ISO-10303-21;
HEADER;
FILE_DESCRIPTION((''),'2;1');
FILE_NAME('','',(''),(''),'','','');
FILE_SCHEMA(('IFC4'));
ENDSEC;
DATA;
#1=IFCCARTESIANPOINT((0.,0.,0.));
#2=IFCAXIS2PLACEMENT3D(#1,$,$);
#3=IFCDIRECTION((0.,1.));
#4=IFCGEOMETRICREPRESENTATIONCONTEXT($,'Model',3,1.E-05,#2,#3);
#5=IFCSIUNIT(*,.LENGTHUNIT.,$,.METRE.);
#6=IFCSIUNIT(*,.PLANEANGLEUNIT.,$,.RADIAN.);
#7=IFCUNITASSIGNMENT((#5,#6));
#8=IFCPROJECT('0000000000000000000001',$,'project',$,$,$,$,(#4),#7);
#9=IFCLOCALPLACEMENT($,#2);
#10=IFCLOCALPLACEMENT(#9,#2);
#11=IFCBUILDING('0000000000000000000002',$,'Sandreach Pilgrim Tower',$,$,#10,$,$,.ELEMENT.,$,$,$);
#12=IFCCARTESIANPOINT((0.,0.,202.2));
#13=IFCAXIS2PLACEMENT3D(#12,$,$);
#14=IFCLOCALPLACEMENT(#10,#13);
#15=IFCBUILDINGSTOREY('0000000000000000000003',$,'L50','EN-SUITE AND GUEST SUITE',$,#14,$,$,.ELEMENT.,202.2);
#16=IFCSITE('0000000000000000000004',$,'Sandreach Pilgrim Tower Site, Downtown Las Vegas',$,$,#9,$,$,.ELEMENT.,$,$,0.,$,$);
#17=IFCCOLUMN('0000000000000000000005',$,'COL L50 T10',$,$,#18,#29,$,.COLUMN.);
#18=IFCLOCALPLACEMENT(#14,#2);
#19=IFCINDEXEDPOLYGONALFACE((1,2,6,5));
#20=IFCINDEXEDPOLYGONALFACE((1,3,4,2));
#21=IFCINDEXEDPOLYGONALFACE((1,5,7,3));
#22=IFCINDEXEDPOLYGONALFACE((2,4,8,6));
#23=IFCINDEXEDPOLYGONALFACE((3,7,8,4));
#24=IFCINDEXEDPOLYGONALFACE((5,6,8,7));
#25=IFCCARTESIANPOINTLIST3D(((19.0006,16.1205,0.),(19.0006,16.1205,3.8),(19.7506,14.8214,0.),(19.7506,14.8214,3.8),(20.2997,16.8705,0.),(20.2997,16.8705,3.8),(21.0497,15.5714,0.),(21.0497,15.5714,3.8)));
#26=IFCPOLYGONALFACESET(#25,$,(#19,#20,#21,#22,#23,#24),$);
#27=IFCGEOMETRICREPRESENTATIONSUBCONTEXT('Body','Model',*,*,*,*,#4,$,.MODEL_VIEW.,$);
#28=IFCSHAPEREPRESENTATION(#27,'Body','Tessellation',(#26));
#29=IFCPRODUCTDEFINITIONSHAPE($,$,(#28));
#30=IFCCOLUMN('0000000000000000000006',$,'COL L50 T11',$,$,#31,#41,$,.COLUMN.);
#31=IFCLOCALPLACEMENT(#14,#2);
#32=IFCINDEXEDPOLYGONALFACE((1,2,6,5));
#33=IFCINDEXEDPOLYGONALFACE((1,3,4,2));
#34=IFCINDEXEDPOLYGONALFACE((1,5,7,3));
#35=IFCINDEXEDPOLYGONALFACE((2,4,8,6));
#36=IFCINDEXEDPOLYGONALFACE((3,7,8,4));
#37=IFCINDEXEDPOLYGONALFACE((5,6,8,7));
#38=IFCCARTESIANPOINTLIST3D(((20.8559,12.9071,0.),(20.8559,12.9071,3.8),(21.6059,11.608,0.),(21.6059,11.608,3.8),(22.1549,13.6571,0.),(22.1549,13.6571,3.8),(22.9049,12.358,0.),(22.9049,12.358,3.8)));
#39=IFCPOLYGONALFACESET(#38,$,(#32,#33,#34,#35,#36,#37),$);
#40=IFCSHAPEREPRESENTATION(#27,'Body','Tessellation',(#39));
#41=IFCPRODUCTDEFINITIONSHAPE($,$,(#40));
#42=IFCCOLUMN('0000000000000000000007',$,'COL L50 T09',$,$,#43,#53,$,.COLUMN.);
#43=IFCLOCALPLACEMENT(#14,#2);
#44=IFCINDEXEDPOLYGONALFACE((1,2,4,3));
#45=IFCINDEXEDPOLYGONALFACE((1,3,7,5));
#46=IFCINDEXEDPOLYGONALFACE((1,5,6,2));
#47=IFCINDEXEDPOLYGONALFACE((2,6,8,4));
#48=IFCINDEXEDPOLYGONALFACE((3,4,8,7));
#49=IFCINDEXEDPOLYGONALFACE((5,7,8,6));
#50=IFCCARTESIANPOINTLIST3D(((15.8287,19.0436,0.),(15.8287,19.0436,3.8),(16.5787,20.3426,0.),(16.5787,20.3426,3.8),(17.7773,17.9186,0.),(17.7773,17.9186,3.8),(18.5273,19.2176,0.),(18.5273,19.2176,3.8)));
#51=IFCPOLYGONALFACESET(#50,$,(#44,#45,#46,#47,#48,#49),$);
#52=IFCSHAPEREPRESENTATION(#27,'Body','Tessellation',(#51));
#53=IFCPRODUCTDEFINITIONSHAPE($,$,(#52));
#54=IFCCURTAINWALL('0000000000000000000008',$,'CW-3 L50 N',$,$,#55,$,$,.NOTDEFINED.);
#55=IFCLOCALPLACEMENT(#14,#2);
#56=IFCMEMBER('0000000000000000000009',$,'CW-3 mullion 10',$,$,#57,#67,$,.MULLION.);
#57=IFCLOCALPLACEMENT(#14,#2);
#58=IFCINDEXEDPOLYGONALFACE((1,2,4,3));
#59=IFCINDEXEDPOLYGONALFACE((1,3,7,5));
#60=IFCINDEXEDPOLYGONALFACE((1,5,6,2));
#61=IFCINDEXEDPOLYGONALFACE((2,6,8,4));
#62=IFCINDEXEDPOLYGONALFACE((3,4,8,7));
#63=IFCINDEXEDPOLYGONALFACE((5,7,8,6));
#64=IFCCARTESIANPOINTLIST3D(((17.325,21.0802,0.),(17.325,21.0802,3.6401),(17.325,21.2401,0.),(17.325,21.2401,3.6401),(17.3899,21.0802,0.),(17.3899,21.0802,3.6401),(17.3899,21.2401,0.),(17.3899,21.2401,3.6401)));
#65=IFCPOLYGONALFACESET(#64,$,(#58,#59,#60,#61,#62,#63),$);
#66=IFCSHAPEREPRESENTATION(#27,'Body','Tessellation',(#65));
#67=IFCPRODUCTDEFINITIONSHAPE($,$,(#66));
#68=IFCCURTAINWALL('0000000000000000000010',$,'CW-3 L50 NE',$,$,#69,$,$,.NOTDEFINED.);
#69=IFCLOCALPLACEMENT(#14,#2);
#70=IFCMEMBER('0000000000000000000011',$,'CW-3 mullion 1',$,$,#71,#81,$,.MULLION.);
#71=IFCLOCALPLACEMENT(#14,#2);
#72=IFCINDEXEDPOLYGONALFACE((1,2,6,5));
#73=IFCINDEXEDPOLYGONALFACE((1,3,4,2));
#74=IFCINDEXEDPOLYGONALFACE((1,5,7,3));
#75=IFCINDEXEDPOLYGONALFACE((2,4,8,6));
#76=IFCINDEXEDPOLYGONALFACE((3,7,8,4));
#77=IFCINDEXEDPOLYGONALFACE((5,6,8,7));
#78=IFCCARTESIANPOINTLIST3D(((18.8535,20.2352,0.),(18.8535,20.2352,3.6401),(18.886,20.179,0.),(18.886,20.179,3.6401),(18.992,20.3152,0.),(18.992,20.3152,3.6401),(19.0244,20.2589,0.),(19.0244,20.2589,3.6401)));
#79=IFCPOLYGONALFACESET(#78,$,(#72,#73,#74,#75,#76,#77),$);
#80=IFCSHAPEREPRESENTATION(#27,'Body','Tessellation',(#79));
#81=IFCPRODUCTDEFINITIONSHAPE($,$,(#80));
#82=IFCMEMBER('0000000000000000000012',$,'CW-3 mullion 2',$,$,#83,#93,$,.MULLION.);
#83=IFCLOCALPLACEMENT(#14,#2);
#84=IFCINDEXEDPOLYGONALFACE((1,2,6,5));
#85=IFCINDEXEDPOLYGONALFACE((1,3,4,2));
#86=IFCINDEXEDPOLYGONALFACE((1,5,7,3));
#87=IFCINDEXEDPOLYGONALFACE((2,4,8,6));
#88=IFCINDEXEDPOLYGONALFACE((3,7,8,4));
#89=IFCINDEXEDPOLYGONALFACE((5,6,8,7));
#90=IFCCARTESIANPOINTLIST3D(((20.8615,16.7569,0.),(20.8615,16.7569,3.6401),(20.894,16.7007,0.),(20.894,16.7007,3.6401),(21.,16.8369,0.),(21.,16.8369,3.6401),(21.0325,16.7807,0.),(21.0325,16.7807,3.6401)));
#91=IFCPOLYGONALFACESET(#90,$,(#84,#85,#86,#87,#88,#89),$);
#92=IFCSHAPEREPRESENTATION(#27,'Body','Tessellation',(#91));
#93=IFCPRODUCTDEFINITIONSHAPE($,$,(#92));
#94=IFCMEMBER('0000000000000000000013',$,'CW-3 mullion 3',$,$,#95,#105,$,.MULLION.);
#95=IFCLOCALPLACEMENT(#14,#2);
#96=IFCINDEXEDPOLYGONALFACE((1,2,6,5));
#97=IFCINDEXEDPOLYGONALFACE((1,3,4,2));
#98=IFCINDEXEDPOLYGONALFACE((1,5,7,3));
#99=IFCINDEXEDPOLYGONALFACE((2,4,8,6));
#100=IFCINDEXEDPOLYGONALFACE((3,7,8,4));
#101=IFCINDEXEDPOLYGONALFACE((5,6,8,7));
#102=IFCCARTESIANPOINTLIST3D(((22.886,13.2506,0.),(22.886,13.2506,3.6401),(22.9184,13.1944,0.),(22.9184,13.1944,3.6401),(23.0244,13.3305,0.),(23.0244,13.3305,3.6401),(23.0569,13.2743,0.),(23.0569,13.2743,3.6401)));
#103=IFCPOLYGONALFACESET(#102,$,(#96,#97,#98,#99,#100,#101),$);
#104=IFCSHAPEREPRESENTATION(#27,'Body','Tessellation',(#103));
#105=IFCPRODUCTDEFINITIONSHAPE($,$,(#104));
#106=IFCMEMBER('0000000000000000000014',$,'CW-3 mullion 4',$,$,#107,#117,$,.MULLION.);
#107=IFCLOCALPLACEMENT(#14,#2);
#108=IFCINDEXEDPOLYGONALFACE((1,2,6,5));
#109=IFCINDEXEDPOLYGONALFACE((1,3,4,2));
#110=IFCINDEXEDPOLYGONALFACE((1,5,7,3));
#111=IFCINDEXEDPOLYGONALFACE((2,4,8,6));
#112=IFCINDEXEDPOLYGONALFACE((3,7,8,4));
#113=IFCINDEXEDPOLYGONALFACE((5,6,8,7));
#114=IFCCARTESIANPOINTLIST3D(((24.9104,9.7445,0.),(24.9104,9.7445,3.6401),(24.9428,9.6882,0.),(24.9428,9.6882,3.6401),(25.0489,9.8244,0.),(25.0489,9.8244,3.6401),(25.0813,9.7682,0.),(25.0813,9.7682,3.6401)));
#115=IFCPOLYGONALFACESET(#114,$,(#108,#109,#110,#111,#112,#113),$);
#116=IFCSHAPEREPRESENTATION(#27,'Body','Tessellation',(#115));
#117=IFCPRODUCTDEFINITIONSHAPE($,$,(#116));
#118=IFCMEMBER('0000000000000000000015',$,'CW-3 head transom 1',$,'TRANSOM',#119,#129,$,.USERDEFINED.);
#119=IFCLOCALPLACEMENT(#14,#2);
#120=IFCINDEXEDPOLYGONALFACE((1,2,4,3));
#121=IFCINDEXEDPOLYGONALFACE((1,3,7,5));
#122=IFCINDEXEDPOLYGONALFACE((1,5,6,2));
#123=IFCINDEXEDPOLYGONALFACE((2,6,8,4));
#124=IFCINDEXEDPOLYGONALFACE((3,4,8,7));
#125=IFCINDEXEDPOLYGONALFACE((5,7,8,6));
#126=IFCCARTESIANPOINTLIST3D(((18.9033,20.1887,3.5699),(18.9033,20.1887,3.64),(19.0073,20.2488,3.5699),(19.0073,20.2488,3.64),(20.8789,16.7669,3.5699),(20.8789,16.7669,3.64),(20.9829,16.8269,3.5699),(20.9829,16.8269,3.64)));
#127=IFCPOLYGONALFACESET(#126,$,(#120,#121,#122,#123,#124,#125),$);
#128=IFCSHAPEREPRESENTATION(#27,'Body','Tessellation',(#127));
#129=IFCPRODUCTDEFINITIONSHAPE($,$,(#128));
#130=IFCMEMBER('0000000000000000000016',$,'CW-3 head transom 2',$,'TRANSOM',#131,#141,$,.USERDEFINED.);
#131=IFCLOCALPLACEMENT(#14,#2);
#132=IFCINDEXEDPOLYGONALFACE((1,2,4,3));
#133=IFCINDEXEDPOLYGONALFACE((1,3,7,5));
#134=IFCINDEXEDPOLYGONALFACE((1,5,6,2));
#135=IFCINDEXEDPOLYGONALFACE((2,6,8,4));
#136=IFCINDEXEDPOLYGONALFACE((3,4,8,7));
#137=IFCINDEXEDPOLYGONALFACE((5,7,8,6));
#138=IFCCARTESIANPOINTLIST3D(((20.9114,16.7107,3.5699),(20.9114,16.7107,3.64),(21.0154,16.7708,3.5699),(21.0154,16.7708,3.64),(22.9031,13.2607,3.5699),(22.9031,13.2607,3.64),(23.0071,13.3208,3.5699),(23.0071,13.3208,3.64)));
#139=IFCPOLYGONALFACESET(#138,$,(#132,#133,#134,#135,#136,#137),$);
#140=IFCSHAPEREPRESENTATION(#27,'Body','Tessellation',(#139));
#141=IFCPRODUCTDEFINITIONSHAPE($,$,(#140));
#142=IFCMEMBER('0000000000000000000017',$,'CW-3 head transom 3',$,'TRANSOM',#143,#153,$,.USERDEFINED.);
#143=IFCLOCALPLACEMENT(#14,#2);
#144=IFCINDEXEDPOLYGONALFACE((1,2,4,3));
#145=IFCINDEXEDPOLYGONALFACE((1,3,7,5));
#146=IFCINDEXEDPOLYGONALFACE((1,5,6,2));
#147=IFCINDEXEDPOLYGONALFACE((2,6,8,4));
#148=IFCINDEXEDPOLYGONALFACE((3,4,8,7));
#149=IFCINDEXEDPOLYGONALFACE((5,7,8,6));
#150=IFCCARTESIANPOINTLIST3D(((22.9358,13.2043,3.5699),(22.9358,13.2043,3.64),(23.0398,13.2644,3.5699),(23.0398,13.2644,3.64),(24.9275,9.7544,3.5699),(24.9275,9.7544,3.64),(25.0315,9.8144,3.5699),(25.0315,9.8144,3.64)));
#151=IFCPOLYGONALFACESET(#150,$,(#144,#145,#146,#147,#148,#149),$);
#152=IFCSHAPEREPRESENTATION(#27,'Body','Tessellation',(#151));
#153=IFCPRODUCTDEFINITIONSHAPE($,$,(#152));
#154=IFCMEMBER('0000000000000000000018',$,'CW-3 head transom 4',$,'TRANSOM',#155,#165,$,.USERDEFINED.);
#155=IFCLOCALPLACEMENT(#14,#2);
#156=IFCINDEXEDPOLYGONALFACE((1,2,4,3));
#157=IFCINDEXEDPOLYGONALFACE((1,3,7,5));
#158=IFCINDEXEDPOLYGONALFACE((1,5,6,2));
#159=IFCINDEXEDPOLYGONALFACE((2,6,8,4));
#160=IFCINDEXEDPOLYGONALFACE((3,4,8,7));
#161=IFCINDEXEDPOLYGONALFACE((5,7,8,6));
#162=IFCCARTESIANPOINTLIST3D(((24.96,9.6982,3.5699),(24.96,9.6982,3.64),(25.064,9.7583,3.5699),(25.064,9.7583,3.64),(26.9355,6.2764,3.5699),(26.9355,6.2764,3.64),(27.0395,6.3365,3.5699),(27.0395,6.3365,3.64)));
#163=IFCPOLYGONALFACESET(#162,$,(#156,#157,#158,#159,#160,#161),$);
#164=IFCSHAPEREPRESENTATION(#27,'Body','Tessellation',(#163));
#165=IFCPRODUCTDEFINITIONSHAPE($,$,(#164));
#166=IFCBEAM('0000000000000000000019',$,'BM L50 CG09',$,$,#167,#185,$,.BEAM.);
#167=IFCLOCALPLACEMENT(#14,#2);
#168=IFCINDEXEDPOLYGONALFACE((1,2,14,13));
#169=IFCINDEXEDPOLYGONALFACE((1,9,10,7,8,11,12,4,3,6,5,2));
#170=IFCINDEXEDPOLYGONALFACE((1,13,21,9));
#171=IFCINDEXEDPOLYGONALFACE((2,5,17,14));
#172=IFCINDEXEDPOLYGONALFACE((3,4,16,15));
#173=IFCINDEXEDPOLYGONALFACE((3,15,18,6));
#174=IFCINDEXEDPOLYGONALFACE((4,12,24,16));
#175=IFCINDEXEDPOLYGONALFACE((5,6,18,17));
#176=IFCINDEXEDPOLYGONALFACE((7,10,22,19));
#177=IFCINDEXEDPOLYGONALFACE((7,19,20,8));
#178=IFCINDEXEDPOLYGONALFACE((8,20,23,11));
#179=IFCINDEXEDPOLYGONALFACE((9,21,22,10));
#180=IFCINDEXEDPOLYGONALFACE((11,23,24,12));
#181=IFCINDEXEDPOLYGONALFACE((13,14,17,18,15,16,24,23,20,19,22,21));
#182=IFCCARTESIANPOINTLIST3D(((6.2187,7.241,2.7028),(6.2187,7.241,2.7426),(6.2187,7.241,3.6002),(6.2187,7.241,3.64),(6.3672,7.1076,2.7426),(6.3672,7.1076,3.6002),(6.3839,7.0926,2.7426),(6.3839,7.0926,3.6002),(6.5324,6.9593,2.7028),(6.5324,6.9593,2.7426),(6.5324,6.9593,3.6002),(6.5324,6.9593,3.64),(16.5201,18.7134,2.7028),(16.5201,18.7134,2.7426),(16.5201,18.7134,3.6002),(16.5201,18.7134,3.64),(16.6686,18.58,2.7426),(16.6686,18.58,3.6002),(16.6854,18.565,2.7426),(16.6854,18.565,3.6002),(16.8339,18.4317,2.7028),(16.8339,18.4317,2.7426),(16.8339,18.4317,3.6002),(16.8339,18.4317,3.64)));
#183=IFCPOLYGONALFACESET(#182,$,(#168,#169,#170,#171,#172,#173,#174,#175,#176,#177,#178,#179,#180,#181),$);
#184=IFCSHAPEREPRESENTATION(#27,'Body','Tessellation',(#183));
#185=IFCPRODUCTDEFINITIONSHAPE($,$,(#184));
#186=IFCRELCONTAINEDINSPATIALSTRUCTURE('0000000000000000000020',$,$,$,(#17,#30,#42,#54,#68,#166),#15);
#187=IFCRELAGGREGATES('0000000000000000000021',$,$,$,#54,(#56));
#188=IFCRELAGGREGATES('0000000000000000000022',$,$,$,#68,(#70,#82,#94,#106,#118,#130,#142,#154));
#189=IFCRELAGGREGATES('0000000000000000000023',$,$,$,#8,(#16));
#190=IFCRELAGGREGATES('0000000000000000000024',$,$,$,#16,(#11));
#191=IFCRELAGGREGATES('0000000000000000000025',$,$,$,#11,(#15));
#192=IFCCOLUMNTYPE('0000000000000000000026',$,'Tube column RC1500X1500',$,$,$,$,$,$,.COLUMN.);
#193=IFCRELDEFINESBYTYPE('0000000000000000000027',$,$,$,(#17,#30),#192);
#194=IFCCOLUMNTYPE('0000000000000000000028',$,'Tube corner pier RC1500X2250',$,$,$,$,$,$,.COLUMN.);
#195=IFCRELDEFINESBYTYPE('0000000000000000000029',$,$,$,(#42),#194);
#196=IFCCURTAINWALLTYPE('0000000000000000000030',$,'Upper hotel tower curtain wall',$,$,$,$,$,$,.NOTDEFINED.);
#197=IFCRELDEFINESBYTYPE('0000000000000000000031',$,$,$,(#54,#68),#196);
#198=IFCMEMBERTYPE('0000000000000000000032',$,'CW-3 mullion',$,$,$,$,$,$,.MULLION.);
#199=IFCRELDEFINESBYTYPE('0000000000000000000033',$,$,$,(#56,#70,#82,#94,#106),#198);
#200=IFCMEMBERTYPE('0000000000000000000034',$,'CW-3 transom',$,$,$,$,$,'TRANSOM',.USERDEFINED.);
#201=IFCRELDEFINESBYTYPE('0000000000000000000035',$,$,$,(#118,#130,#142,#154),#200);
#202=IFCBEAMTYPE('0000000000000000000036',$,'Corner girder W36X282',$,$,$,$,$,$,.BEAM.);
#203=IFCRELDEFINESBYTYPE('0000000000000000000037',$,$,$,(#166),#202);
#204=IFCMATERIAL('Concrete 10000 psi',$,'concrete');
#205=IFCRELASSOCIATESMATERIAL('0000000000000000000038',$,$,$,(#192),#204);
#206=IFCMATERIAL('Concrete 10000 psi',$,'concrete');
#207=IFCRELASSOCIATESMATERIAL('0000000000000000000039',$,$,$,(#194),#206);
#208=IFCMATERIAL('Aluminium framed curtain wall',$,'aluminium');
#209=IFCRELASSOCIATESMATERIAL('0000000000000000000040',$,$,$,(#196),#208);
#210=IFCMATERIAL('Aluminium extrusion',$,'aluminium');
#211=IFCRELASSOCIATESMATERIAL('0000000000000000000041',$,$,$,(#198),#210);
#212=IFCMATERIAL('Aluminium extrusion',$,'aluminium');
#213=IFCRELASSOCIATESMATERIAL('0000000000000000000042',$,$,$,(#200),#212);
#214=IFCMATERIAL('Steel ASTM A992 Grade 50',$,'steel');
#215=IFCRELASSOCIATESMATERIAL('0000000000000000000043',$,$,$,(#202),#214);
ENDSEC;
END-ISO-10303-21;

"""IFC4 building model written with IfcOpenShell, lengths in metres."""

from ifc_helpers import new_model, si_unit, direction, frame, origin, origin_2d, place, context, subcontext, project, spatial, rectangle, i_section, extrude, material, material_profile, profile_set, type_object, element, aggregate, save


model = new_model("IFC4")

# Units and contexts
model_context = context("Model", 3, precision=1e-05, world=origin(), true_north=direction((0.0, 1.0)))
body_context = subcontext(model_context, "Body", "Model", "MODEL_VIEW")
ifc_project = project(units=[si_unit("LENGTHUNIT", "METRE"), si_unit("PLANEANGLEUNIT", "RADIAN")], contexts=[model_context])

# Site, building, storey
site_placement = place(None, origin())
site = spatial("IfcSite", under=ifc_project, at=site_placement, Name="Sandreach Pilgrim Tower Site, Downtown Las Vegas", CompositionType="ELEMENT", RefElevation=0.0)
building_placement = place(site_placement, origin())
building = spatial("IfcBuilding", under=site, at=building_placement, Name="Sandreach Pilgrim Tower", CompositionType="ELEMENT")
storey_placement = place(building_placement, frame((0.0, 0.0, 202.2)))
storey = spatial("IfcBuildingStorey", under=building, at=storey_placement, Name="L50", Description="EN-SUITE AND GUEST SUITE", CompositionType="ELEMENT", Elevation=202.2)

# Columns
ifc_material_1 = material(Name="Concrete 10000 psi", Category="concrete")
ifc_material_profile_1 = material_profile(ifc_material_1, rectangle(XDim=1.5, YDim=1.5, at=origin_2d()), Name="RC1500X1500")
ifc_profile_set_1 = profile_set([ifc_material_profile_1], Name="Concrete 10000 psi")
column_type_1 = type_object("IfcColumnType", Name="Tube column RC1500X1500", PredefinedType="COLUMN", material=ifc_profile_set_1)
for number, where, z_axis, x_axis, name in (
    (1, (20.0251, 15.8459, 0.0), (0.0, 0.0, 1.0), (0.866025, 0.5, 0.0), "COL L50 T10"),
    (2, (21.8804, 12.6326, 0.0), (0.0, 0.0, 1.0), (0.866025, 0.5, 0.0), "COL L50 T11"),
):
    element("IfcColumn", number, at=place(storey_placement, frame(where, z_axis=z_axis, x_axis=x_axis)), inside=storey, type_object=column_type_1, Name=name, PredefinedType="COLUMN", context=body_context, shape_type="SweptSolid", body=[
        extrude(rectangle(XDim=1.5, YDim=1.5, at=origin_2d()), origin(), (0.0, 0.0, 1.0), 3.8),
    ])
ifc_material_2 = material(Name="Concrete 10000 psi", Category="concrete")
ifc_material_profile_2 = material_profile(ifc_material_2, rectangle(XDim=1.5, YDim=2.25, at=origin_2d()), Name="RC1500X2250")
ifc_profile_set_2 = profile_set([ifc_material_profile_2], Name="Concrete 10000 psi")
column_type_2 = type_object("IfcColumnType", Name="Tube corner pier RC1500X2250", PredefinedType="COLUMN", material=ifc_profile_set_2)
column_placement = place(storey_placement, frame((17.178, 19.1306, 0.0), z_axis=(0.0, 0.0, 1.0), x_axis=(0.5, 0.866025, 0.0)))
element("IfcColumn", 3, at=column_placement, inside=storey, type_object=column_type_2, Name="COL L50 T09", PredefinedType="COLUMN", context=body_context, shape_type="SweptSolid", body=[
    extrude(rectangle(XDim=1.5, YDim=2.25, at=origin_2d()), origin(), (0.0, 0.0, 1.0), 3.8),
])

# Curtain wall, member
ifc_material_3 = material(Name="Aluminium framed curtain wall", Category="aluminium")
curtain_wall_type = type_object("IfcCurtainWallType", Name="Upper hotel tower curtain wall", PredefinedType="NOTDEFINED", material=ifc_material_3)
curtain_wall_1_placement = place(storey_placement, origin())
curtain_wall_1 = element("IfcCurtainWall", 4, at=curtain_wall_1_placement, inside=storey, type_object=curtain_wall_type, Name="CW-3 L50 N", PredefinedType="NOTDEFINED")
ifc_material_4 = material(Name="Aluminium extrusion", Category="aluminium")
ifc_material_profile_3 = material_profile(ifc_material_4, rectangle(XDim=0.0649, YDim=0.1599, at=origin_2d()), Name="CW-3M 65X160")
ifc_profile_set_3 = profile_set([ifc_material_profile_3], Name="Aluminium extrusion")
member_type_1 = type_object("IfcMemberType", Name="CW-3 mullion", PredefinedType="MULLION", material=ifc_profile_set_3)
member_1_placement = place(storey_placement, frame((17.3574, 21.1602, 0.0), z_axis=(0.0, 0.0, 1.0), x_axis=(1.0, 0.0, 0.0)))
member_1 = element("IfcMember", 5, at=member_1_placement, type_object=member_type_1, Name="CW-3 mullion 10", PredefinedType="MULLION", context=body_context, shape_type="SweptSolid", body=[
    extrude(rectangle(XDim=0.0649, YDim=0.1599, at=origin_2d()), origin(), (0.0, 0.0, 1.0), 3.6401),
])

# Curtain wall, members
curtain_wall_2_placement = place(storey_placement, origin())
curtain_wall_2 = element("IfcCurtainWall", 6, at=curtain_wall_2_placement, inside=storey, type_object=curtain_wall_type, Name="CW-3 L50 NE", PredefinedType="NOTDEFINED")
member_2_placement = place(storey_placement, frame((18.939, 20.2471, 0.0), z_axis=(0.0, 0.0, 1.0), x_axis=(0.5, -0.866025, 0.0)))
member_2 = element("IfcMember", 7, at=member_2_placement, type_object=member_type_1, Name="CW-3 mullion 1", PredefinedType="MULLION", context=body_context, shape_type="SweptSolid", body=[
    extrude(rectangle(XDim=0.0649, YDim=0.1599, at=origin_2d()), origin(), (0.0, 0.0, 1.0), 3.6401),
])
member_3_placement = place(storey_placement, frame((20.947, 16.7688, 0.0), z_axis=(0.0, 0.0, 1.0), x_axis=(0.5, -0.866025, 0.0)))
member_3 = element("IfcMember", 8, at=member_3_placement, type_object=member_type_1, Name="CW-3 mullion 2", PredefinedType="MULLION", context=body_context, shape_type="SweptSolid", body=[
    extrude(rectangle(XDim=0.0649, YDim=0.1599, at=origin_2d()), origin(), (0.0, 0.0, 1.0), 3.6401),
])
member_4_placement = place(storey_placement, frame((22.9714, 13.2625, 0.0), z_axis=(0.0, 0.0, 1.0), x_axis=(0.5, -0.866025, 0.0)))
member_4 = element("IfcMember", 9, at=member_4_placement, type_object=member_type_1, Name="CW-3 mullion 3", PredefinedType="MULLION", context=body_context, shape_type="SweptSolid", body=[
    extrude(rectangle(XDim=0.0649, YDim=0.1599, at=origin_2d()), origin(), (0.0, 0.0, 1.0), 3.6401),
])
member_5_placement = place(storey_placement, frame((24.9958, 9.7563, 0.0), z_axis=(0.0, 0.0, 1.0), x_axis=(0.5, -0.866025, 0.0)))
member_5 = element("IfcMember", 10, at=member_5_placement, type_object=member_type_1, Name="CW-3 mullion 4", PredefinedType="MULLION", context=body_context, shape_type="SweptSolid", body=[
    extrude(rectangle(XDim=0.0649, YDim=0.1599, at=origin_2d()), origin(), (0.0, 0.0, 1.0), 3.6401),
])
ifc_material_5 = material(Name="Aluminium extrusion", Category="aluminium")
ifc_material_profile_4 = material_profile(ifc_material_5, rectangle(XDim=0.1201, YDim=0.0701, at=origin_2d()), Name="CW-3T 120X70")
ifc_profile_set_4 = profile_set([ifc_material_profile_4], Name="Aluminium extrusion")
member_type_2 = type_object("IfcMemberType", Name="CW-3 transom", ElementType="TRANSOM", PredefinedType="USERDEFINED", material=ifc_profile_set_4)
member_6_placement = place(storey_placement, frame((18.9553, 20.2188, 3.605), z_axis=(0.499993, -0.866029, 0.0), x_axis=(0.866029, 0.499993, 0.0)))
member_6 = element("IfcMember", 11, at=member_6_placement, type_object=member_type_2, Name="CW-3 head transom 1", ObjectType="TRANSOM", PredefinedType="USERDEFINED", context=body_context, shape_type="SweptSolid", body=[
    extrude(rectangle(XDim=0.1201, YDim=0.0701, at=origin_2d()), origin(), (0.0, 0.0, 1.0), 3.9512),
])
member_7_placement = place(storey_placement, frame((20.9634, 16.7407, 3.605), z_axis=(0.499975, -0.86604, 0.0), x_axis=(0.86604, 0.499975, 0.0)))
member_7 = element("IfcMember", 12, at=member_7_placement, type_object=member_type_2, Name="CW-3 head transom 2", ObjectType="TRANSOM", PredefinedType="USERDEFINED", context=body_context, shape_type="SweptSolid", body=[
    extrude(rectangle(XDim=0.1201, YDim=0.0701, at=origin_2d()), origin(), (0.0, 0.0, 1.0), 3.9836),
])
member_8_placement = place(storey_placement, frame((22.9878, 13.2344, 3.605), z_axis=(0.499975, -0.86604, 0.0), x_axis=(0.86604, 0.499975, 0.0)))
member_8 = element("IfcMember", 13, at=member_8_placement, type_object=member_type_2, Name="CW-3 head transom 3", ObjectType="TRANSOM", PredefinedType="USERDEFINED", context=body_context, shape_type="SweptSolid", body=[
    extrude(rectangle(XDim=0.1201, YDim=0.0701, at=origin_2d()), origin(), (0.0, 0.0, 1.0), 3.9836),
])
member_9_placement = place(storey_placement, frame((25.012, 9.7283, 3.605), z_axis=(0.499993, -0.866029, 0.0), x_axis=(0.866029, 0.499993, 0.0)))
member_9 = element("IfcMember", 14, at=member_9_placement, type_object=member_type_2, Name="CW-3 head transom 4", ObjectType="TRANSOM", PredefinedType="USERDEFINED", context=body_context, shape_type="SweptSolid", body=[
    extrude(rectangle(XDim=0.1201, YDim=0.0701, at=origin_2d()), origin(), (0.0, 0.0, 1.0), 3.9512),
])

# Beam
ifc_material_6 = material(Name="Steel ASTM A992 Grade 50", Category="steel")
ifc_material_profile_5 = material_profile(ifc_material_6, i_section(OverallWidth=0.4216, OverallDepth=0.9373, WebThickness=0.0225, FlangeThickness=0.0398, at=origin_2d()), Name="W36X282")
ifc_profile_set_5 = profile_set([ifc_material_profile_5], Name="Steel ASTM A992 Grade 50")
beam_type_1 = type_object("IfcBeamType", Name="Corner girder W36X282", PredefinedType="BEAM", material=ifc_profile_set_5)
beam_1_placement = place(storey_placement, frame((16.677, 18.5725, 3.1714), z_axis=(-0.668117, -0.744057, 0.0), x_axis=(0.744057, -0.668117, 0.0)))
element("IfcBeam", 15, at=beam_1_placement, inside=storey, type_object=beam_type_1, Name="BM L50 CG09", PredefinedType="BEAM", context=body_context, shape_type="SweptSolid", body=[
    extrude(i_section(OverallWidth=0.4216, OverallDepth=0.9373, WebThickness=0.0225, FlangeThickness=0.0398, at=origin_2d()), origin(), (0.0, 0.0, 1.0), 15.4187),
])

aggregate(curtain_wall_1, [member_1])
aggregate(curtain_wall_2, [member_2, member_3, member_4, member_5, member_6, member_7, member_8, member_9])

save(model, "model.ifc")
